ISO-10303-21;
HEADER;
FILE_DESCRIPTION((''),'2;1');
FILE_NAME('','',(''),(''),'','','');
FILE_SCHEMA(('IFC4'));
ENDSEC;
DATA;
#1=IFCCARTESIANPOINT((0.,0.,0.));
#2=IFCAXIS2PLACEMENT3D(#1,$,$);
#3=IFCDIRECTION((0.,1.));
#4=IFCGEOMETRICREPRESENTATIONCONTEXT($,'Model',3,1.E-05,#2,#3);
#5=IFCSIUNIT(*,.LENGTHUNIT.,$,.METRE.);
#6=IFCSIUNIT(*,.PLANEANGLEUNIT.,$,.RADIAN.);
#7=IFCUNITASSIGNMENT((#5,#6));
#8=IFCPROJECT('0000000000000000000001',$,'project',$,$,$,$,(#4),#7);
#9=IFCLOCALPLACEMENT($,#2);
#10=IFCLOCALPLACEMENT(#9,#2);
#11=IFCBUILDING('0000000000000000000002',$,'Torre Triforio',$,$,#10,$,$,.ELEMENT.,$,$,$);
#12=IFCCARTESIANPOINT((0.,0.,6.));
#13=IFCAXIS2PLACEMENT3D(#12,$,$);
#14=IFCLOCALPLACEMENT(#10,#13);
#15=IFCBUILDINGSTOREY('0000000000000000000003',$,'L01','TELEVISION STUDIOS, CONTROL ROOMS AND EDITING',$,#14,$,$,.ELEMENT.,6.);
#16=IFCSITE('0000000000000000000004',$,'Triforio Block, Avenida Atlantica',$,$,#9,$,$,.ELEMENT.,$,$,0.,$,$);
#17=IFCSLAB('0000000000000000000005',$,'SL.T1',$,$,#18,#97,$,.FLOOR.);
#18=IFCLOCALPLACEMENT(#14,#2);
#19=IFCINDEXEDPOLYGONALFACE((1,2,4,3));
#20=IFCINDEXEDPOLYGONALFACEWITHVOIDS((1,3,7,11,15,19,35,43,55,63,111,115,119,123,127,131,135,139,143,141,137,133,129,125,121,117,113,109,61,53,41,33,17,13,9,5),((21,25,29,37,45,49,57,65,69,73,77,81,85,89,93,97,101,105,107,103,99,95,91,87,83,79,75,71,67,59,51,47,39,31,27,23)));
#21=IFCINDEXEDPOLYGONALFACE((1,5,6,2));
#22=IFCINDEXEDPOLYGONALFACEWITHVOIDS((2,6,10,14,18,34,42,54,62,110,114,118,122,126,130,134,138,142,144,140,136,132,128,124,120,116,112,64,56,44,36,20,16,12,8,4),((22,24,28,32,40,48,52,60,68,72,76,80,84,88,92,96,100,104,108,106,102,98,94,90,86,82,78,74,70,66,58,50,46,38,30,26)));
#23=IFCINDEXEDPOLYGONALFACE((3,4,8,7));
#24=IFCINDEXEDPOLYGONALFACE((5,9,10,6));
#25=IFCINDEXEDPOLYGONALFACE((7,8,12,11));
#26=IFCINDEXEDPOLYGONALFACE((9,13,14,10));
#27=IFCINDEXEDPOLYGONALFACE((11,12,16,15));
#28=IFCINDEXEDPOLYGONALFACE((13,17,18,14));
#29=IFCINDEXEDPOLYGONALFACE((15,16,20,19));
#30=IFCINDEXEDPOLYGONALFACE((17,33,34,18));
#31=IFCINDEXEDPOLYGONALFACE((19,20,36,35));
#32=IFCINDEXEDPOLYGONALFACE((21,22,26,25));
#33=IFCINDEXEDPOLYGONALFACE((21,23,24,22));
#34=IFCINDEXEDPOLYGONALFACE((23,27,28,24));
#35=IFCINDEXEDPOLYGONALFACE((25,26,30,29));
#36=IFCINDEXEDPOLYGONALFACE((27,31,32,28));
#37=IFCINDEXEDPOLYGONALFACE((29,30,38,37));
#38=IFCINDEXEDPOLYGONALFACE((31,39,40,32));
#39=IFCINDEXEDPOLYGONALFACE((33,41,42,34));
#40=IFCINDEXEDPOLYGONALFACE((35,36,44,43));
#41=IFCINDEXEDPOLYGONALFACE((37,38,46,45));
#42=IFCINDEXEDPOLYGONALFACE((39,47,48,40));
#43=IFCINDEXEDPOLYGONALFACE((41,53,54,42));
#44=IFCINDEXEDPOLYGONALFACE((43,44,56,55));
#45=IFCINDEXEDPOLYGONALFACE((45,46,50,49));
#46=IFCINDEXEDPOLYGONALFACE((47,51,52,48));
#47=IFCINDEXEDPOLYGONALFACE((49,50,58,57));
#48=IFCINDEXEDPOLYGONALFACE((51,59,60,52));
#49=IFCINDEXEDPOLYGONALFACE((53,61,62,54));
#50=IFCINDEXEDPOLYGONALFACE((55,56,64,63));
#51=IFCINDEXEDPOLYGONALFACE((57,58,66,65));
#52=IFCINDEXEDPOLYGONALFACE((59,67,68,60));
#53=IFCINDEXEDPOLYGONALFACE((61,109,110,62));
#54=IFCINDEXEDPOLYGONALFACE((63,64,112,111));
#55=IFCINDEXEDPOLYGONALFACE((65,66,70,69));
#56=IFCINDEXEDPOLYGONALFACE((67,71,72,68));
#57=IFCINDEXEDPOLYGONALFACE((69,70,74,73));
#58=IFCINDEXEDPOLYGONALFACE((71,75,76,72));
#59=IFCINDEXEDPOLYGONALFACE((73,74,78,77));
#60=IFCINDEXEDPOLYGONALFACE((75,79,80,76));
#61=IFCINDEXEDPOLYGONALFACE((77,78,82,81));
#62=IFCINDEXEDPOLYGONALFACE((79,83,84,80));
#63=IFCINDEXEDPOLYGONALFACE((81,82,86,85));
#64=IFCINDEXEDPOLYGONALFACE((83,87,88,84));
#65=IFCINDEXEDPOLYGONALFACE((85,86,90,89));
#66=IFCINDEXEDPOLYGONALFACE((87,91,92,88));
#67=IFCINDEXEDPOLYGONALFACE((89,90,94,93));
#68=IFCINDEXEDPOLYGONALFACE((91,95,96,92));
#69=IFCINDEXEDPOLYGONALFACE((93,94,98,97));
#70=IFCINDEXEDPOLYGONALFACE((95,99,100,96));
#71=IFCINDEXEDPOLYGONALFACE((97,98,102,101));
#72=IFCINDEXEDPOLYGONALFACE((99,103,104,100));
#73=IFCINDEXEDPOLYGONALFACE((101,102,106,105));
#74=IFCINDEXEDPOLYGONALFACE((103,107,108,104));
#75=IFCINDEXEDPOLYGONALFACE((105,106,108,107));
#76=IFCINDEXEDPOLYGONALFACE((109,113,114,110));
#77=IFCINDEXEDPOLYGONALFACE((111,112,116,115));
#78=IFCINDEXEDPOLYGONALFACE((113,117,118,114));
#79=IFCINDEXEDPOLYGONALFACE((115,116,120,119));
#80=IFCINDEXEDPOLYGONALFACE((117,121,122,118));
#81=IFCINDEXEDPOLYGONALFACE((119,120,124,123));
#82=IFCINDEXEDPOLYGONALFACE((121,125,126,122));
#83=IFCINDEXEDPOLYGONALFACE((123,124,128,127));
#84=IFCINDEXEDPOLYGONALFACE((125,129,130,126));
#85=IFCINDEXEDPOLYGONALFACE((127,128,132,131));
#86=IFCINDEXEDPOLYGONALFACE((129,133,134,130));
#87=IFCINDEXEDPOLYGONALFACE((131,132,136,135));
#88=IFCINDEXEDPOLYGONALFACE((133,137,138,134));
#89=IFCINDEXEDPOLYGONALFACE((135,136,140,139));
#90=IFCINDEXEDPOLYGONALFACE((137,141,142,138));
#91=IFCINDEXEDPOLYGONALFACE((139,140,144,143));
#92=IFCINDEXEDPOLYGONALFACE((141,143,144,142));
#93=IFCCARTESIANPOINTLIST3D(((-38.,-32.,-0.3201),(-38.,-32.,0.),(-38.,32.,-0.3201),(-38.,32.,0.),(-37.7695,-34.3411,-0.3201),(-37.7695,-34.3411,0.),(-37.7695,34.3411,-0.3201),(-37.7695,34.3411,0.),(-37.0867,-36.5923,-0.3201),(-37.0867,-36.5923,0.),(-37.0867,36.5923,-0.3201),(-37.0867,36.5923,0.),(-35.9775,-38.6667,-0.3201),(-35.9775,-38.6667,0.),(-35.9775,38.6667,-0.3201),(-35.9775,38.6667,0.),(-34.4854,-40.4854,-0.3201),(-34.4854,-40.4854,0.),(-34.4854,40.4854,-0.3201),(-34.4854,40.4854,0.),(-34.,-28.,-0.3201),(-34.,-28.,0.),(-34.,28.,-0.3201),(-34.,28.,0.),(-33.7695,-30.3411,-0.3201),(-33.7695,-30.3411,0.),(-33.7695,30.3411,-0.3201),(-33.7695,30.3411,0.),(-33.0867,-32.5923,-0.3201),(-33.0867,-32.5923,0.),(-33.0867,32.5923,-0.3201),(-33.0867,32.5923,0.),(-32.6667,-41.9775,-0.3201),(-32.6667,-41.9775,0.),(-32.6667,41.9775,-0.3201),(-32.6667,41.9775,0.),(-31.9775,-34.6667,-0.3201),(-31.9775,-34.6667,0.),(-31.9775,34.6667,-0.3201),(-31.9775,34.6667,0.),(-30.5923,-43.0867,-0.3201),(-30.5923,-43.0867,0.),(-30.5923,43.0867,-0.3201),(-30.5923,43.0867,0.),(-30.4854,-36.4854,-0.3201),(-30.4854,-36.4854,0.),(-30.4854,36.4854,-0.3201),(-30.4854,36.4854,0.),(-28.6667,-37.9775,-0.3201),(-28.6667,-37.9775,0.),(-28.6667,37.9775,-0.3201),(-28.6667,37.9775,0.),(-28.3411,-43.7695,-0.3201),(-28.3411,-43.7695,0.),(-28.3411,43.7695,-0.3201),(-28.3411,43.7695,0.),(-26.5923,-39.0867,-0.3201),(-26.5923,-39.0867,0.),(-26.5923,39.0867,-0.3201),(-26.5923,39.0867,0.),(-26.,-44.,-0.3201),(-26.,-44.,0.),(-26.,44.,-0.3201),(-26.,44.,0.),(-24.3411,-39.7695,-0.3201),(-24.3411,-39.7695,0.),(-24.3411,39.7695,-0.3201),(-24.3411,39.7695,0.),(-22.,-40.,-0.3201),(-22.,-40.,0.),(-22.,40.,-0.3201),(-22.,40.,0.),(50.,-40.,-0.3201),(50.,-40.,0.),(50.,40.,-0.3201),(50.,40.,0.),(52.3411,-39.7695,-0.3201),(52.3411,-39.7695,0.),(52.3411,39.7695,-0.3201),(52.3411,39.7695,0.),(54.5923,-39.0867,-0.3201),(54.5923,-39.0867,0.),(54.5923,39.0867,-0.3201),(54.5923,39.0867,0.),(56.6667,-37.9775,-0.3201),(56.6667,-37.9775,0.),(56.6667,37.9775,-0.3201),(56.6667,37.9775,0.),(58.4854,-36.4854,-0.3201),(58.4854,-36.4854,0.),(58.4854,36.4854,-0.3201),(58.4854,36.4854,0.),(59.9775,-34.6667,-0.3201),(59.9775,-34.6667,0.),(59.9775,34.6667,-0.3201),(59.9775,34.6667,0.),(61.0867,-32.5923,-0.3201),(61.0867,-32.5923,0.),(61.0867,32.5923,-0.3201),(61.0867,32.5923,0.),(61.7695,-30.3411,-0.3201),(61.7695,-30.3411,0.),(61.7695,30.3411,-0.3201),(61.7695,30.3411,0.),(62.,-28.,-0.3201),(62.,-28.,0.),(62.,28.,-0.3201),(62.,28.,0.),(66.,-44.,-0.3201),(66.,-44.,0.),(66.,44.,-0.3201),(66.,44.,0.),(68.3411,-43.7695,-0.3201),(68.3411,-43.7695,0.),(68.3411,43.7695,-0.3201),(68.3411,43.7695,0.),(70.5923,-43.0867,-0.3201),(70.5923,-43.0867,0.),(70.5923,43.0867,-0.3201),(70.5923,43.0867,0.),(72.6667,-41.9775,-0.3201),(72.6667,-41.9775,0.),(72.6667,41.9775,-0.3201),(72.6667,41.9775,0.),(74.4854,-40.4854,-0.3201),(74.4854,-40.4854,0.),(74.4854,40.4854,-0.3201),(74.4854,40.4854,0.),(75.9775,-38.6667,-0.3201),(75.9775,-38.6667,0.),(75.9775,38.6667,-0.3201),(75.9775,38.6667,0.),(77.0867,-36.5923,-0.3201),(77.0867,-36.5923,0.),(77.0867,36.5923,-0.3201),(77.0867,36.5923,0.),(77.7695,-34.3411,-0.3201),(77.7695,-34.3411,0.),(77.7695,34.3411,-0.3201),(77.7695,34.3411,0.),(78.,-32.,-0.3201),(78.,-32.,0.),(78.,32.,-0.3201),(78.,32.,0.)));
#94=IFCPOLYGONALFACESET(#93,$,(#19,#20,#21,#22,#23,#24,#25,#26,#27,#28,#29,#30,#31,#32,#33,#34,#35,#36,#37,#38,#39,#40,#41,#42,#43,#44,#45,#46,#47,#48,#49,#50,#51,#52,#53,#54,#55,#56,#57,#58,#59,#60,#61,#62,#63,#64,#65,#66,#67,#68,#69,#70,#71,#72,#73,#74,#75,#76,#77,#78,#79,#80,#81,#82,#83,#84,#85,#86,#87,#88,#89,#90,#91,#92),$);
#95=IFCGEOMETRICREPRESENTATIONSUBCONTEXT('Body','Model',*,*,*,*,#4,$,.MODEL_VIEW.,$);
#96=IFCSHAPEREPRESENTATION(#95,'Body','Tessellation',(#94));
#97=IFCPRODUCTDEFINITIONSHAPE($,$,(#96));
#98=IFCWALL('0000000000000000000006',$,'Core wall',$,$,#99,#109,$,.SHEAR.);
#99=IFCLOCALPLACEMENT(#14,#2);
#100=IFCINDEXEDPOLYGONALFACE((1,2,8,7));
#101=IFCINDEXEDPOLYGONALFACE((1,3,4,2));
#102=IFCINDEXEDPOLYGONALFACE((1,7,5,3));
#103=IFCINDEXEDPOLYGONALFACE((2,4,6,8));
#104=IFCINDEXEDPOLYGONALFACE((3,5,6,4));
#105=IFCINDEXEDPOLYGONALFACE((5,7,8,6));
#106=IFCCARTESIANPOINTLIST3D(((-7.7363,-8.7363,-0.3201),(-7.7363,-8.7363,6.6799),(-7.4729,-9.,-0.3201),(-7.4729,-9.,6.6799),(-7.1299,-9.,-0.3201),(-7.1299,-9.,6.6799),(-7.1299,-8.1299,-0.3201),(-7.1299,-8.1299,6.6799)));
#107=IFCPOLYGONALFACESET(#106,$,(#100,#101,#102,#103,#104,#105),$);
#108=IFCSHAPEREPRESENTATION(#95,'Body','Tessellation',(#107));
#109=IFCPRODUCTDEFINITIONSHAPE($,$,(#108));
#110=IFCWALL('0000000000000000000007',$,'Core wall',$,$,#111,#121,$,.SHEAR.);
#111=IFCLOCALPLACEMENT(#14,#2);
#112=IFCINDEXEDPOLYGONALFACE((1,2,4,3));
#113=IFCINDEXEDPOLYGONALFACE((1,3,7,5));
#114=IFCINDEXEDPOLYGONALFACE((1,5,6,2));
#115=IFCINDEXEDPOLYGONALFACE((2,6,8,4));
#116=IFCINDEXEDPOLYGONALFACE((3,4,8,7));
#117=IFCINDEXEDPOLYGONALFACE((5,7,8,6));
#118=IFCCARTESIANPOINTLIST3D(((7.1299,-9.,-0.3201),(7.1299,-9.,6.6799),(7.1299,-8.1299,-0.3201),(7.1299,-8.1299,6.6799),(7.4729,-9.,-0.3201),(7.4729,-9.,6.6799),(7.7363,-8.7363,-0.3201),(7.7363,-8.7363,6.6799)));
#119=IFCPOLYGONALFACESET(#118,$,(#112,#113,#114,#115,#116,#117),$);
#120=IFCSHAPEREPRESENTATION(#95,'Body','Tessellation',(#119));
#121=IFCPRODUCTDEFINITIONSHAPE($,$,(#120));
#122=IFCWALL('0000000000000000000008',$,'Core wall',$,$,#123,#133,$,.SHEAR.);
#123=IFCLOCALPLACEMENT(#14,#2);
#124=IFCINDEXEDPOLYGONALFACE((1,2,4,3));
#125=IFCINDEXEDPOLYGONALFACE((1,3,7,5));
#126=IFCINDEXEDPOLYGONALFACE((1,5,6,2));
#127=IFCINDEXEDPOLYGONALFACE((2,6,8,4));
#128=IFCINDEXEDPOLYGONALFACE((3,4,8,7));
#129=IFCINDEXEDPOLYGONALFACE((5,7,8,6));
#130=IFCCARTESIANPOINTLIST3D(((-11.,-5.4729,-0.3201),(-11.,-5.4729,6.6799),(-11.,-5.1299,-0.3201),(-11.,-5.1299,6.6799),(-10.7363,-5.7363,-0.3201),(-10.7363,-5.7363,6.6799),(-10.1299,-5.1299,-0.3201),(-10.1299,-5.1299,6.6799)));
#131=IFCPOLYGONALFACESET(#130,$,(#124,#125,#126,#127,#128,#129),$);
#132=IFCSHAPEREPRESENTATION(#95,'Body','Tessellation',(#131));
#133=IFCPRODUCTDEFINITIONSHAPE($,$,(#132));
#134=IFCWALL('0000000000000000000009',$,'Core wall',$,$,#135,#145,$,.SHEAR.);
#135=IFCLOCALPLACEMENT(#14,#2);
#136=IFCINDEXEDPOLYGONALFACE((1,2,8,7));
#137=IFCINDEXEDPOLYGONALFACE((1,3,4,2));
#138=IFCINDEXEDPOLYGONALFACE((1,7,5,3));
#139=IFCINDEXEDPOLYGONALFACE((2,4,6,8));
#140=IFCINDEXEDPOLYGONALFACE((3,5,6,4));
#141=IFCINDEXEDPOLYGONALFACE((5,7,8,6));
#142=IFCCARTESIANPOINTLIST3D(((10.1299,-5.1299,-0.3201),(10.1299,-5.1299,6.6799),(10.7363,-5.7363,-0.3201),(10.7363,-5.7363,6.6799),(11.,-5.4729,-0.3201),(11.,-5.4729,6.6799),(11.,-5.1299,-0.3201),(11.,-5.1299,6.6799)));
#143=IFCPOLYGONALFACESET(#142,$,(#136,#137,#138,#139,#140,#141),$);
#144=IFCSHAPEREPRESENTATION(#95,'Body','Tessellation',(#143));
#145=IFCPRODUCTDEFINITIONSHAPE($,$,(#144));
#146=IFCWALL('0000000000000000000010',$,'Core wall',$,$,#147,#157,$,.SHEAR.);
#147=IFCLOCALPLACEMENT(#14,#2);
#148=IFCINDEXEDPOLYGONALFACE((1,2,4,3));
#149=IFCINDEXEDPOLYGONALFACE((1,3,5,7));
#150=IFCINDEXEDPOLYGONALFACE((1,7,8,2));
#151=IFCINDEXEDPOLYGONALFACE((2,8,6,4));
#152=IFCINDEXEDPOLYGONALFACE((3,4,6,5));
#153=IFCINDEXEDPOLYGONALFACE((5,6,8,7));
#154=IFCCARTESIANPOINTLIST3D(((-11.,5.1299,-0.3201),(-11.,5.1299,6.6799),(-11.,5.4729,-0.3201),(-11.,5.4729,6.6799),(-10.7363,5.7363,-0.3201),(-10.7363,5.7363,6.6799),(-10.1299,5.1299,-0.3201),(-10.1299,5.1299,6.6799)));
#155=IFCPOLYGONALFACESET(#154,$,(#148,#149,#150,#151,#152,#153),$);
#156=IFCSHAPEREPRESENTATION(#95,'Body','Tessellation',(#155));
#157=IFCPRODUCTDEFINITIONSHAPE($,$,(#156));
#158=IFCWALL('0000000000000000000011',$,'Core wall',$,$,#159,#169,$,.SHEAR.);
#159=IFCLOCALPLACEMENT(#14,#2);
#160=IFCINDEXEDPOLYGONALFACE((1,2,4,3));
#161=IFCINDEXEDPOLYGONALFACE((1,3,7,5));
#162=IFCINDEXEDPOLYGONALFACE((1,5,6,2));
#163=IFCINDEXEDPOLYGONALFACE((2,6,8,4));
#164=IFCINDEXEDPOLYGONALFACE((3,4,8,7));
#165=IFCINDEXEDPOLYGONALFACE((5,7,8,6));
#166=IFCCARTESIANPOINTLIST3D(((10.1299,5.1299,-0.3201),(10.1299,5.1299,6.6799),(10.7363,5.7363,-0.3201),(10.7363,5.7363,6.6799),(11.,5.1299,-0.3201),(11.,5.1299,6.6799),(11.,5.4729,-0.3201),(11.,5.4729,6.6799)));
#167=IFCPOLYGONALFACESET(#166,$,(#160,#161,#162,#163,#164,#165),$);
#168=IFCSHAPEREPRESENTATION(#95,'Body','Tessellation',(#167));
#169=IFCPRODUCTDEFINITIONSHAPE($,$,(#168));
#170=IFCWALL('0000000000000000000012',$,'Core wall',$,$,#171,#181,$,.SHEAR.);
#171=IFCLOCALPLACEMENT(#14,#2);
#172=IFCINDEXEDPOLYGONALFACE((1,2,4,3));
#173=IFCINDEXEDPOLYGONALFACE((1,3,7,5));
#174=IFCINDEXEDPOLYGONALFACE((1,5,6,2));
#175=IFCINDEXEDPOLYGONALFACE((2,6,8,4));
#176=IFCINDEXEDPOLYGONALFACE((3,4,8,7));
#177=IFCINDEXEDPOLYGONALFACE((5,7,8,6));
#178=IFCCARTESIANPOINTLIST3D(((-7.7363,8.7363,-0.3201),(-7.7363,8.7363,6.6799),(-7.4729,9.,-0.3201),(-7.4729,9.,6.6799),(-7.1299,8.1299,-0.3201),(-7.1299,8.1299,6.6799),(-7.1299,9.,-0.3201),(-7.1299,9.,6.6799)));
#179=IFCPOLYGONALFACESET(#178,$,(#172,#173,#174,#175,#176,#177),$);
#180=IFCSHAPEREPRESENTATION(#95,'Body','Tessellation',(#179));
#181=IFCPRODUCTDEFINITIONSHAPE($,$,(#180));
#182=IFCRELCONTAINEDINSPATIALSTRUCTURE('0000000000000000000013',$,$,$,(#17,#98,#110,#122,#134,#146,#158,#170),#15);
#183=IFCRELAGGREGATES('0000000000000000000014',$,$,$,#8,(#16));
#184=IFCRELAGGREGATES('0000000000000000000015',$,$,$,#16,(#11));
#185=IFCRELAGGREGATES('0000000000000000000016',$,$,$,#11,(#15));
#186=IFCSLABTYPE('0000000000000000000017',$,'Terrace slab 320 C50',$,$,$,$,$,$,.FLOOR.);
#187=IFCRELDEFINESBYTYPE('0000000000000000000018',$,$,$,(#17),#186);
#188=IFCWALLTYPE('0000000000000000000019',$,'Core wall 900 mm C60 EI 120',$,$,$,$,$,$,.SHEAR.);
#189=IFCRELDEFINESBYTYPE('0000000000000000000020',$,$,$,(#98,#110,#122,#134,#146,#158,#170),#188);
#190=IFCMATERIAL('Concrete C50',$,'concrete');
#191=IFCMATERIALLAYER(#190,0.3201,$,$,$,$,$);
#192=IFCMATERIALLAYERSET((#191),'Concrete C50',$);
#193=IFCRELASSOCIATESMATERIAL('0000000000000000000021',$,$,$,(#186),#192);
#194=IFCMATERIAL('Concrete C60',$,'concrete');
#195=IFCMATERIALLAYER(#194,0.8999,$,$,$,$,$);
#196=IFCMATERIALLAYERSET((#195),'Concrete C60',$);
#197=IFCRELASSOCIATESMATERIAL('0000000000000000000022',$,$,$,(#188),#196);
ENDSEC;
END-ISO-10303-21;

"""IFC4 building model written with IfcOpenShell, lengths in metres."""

from ifc_helpers import new_model, si_unit, direction, frame, origin, place, context, subcontext, project, spatial, polyline, outline, extrude, material, layer, layer_set, type_object, element, save


model = new_model("IFC4")

# Units and contexts
model_context = context("Model", 3, precision=1e-05, world=origin(), true_north=direction((0.0, 1.0)))
body_context = subcontext(model_context, "Body", "Model", "MODEL_VIEW")
ifc_project = project(units=[si_unit("LENGTHUNIT", "METRE"), si_unit("PLANEANGLEUNIT", "RADIAN")], contexts=[model_context])

# Site, building, storey
site_placement = place(None, origin())
site = spatial("IfcSite", under=ifc_project, at=site_placement, Name="Triforio Block, Avenida Atlantica", CompositionType="ELEMENT", RefElevation=0.0)
building_placement = place(site_placement, origin())
building = spatial("IfcBuilding", under=site, at=building_placement, Name="Torre Triforio", CompositionType="ELEMENT")
storey_placement = place(building_placement, frame((0.0, 0.0, 6.0)))
storey = spatial("IfcBuildingStorey", under=building, at=storey_placement, Name="L01", Description="TELEVISION STUDIOS, CONTROL ROOMS AND EDITING", CompositionType="ELEMENT", Elevation=6.0)

# Shared definitions
ifc_material_1 = material(Name="Concrete C60", Category="concrete")
ifc_material_2 = material(Name="Concrete C50", Category="concrete")

# Slab
ifc_layer_1 = layer(ifc_material_2, 0.3201)
ifc_layer_set_1 = layer_set([ifc_layer_1], Name="Concrete C50")
slab_type_1 = type_object("IfcSlabType", Name="Terrace slab 320 C50", PredefinedType="FLOOR", material=ifc_layer_set_1)
slab_1_placement = place(storey_placement, frame((0.0, 0.0, -0.3201)))
element("IfcSlab", 1, at=slab_1_placement, inside=storey, type_object=slab_type_1, Name="SL.T1", PredefinedType="FLOOR", context=body_context, shape_type="SweptSolid", body=[
    extrude(outline(polyline([(-28.3411, -43.7695), (-26.0, -44.0), (66.0, -44.0), (68.3411, -43.7695), (70.5923, -43.0867), (72.6667, -41.9775), (74.4854, -40.4854), (75.9775, -38.6667), (77.0867, -36.5923), (77.7695, -34.3411), (78.0, -32.0), (78.0, 32.0), (77.7695, 34.3411), (77.0867, 36.5923), (75.9775, 38.6667), (74.4854, 40.4854), (72.6667, 41.9775), (70.5923, 43.0867), (68.3411, 43.7695), (66.0, 44.0), (-26.0, 44.0), (-28.3411, 43.7695), (-30.5923, 43.0867), (-32.6667, 41.9775), (-34.4854, 40.4854), (-35.9775, 38.6667), (-37.0867, 36.5923), (-37.7695, 34.3411), (-38.0, 32.0), (-38.0, -32.0), (-37.7695, -34.3411), (-37.0867, -36.5923), (-35.9775, -38.6667), (-34.4854, -40.4854), (-32.6667, -41.9775), (-30.5923, -43.0867), (-28.3411, -43.7695)]), holes=[polyline([(54.5923, -39.0867), (52.3411, -39.7695), (50.0, -40.0), (-22.0, -40.0), (-24.3411, -39.7695), (-26.5923, -39.0867), (-28.6667, -37.9775), (-30.4854, -36.4854), (-31.9775, -34.6667), (-33.0867, -32.5923), (-33.7695, -30.3411), (-34.0, -28.0), (-34.0, 28.0), (-33.7695, 30.3411), (-33.0867, 32.5923), (-31.9775, 34.6667), (-30.4854, 36.4854), (-28.6667, 37.9775), (-26.5923, 39.0867), (-24.3411, 39.7695), (-22.0, 40.0), (50.0, 40.0), (52.3411, 39.7695), (54.5923, 39.0867), (56.6667, 37.9775), (58.4854, 36.4854), (59.9775, 34.6667), (61.0867, 32.5923), (61.7695, 30.3411), (62.0, 28.0), (62.0, -28.0), (61.7695, -30.3411), (61.0867, -32.5923), (59.9775, -34.6667), (58.4854, -36.4854), (56.6667, -37.9775), (54.5923, -39.0867)])]), origin(), (0.0, 0.0, 1.0), 0.3201),
])

# Walls
ifc_layer_2 = layer(ifc_material_1, 0.8999)
ifc_layer_set_2 = layer_set([ifc_layer_2], Name="Concrete C60")
wall_type_1 = type_object("IfcWallType", Name="Core wall 900 mm C60 EI 120", PredefinedType="SHEAR", material=ifc_layer_set_2)
wall_1_placement = place(storey_placement, frame((0.0, 0.0, -0.3201)))
element("IfcWall", 2, at=wall_1_placement, inside=storey, type_object=wall_type_1, Name="Core wall", PredefinedType="SHEAR", context=body_context, shape_type="SweptSolid", body=[
    extrude(outline(polyline([(-7.4729, -9.0), (-7.7363, -8.7363), (-7.1299, -8.1299), (-7.1299, -9.0), (-7.4729, -9.0)])), origin(), (0.0, 0.0, 1.0), 7.0),
])
wall_2_placement = place(storey_placement, frame((0.0, 0.0, -0.3201)))
element("IfcWall", 3, at=wall_2_placement, inside=storey, type_object=wall_type_1, Name="Core wall", PredefinedType="SHEAR", context=body_context, shape_type="SweptSolid", body=[
    extrude(outline(polyline([(7.4729, -9.0), (7.1299, -9.0), (7.1299, -8.1299), (7.7363, -8.7363), (7.4729, -9.0)])), origin(), (0.0, 0.0, 1.0), 7.0),
])
wall_3_placement = place(storey_placement, frame((0.0, 0.0, -0.3201)))
element("IfcWall", 4, at=wall_3_placement, inside=storey, type_object=wall_type_1, Name="Core wall", PredefinedType="SHEAR", context=body_context, shape_type="SweptSolid", body=[
    extrude(outline(polyline([(-11.0, -5.4729), (-11.0, -5.1299), (-10.1299, -5.1299), (-10.7363, -5.7363), (-11.0, -5.4729)])), origin(), (0.0, 0.0, 1.0), 7.0),
])
wall_4_placement = place(storey_placement, frame((0.0, 0.0, -0.3201)))
element("IfcWall", 5, at=wall_4_placement, inside=storey, type_object=wall_type_1, Name="Core wall", PredefinedType="SHEAR", context=body_context, shape_type="SweptSolid", body=[
    extrude(outline(polyline([(11.0, -5.4729), (10.7363, -5.7363), (10.1299, -5.1299), (11.0, -5.1299), (11.0, -5.4729)])), origin(), (0.0, 0.0, 1.0), 7.0),
])
wall_5_placement = place(storey_placement, frame((0.0, 0.0, -0.3201)))
element("IfcWall", 6, at=wall_5_placement, inside=storey, type_object=wall_type_1, Name="Core wall", PredefinedType="SHEAR", context=body_context, shape_type="SweptSolid", body=[
    extrude(outline(polyline([(-10.7363, 5.7363), (-10.1299, 5.1299), (-11.0, 5.1299), (-11.0, 5.4729), (-10.7363, 5.7363)])), origin(), (0.0, 0.0, 1.0), 7.0),
])
wall_6_placement = place(storey_placement, frame((0.0, 0.0, -0.3201)))
element("IfcWall", 7, at=wall_6_placement, inside=storey, type_object=wall_type_1, Name="Core wall", PredefinedType="SHEAR", context=body_context, shape_type="SweptSolid", body=[
    extrude(outline(polyline([(11.0, 5.4729), (11.0, 5.1299), (10.1299, 5.1299), (10.7363, 5.7363), (11.0, 5.4729)])), origin(), (0.0, 0.0, 1.0), 7.0),
])
wall_7_placement = place(storey_placement, frame((0.0, 0.0, -0.3201)))
element("IfcWall", 8, at=wall_7_placement, inside=storey, type_object=wall_type_1, Name="Core wall", PredefinedType="SHEAR", context=body_context, shape_type="SweptSolid", body=[
    extrude(outline(polyline([(-7.4729, 9.0), (-7.1299, 9.0), (-7.1299, 8.1299), (-7.7363, 8.7363), (-7.4729, 9.0)])), origin(), (0.0, 0.0, 1.0), 7.0),
])

save(model, "model.ifc")
